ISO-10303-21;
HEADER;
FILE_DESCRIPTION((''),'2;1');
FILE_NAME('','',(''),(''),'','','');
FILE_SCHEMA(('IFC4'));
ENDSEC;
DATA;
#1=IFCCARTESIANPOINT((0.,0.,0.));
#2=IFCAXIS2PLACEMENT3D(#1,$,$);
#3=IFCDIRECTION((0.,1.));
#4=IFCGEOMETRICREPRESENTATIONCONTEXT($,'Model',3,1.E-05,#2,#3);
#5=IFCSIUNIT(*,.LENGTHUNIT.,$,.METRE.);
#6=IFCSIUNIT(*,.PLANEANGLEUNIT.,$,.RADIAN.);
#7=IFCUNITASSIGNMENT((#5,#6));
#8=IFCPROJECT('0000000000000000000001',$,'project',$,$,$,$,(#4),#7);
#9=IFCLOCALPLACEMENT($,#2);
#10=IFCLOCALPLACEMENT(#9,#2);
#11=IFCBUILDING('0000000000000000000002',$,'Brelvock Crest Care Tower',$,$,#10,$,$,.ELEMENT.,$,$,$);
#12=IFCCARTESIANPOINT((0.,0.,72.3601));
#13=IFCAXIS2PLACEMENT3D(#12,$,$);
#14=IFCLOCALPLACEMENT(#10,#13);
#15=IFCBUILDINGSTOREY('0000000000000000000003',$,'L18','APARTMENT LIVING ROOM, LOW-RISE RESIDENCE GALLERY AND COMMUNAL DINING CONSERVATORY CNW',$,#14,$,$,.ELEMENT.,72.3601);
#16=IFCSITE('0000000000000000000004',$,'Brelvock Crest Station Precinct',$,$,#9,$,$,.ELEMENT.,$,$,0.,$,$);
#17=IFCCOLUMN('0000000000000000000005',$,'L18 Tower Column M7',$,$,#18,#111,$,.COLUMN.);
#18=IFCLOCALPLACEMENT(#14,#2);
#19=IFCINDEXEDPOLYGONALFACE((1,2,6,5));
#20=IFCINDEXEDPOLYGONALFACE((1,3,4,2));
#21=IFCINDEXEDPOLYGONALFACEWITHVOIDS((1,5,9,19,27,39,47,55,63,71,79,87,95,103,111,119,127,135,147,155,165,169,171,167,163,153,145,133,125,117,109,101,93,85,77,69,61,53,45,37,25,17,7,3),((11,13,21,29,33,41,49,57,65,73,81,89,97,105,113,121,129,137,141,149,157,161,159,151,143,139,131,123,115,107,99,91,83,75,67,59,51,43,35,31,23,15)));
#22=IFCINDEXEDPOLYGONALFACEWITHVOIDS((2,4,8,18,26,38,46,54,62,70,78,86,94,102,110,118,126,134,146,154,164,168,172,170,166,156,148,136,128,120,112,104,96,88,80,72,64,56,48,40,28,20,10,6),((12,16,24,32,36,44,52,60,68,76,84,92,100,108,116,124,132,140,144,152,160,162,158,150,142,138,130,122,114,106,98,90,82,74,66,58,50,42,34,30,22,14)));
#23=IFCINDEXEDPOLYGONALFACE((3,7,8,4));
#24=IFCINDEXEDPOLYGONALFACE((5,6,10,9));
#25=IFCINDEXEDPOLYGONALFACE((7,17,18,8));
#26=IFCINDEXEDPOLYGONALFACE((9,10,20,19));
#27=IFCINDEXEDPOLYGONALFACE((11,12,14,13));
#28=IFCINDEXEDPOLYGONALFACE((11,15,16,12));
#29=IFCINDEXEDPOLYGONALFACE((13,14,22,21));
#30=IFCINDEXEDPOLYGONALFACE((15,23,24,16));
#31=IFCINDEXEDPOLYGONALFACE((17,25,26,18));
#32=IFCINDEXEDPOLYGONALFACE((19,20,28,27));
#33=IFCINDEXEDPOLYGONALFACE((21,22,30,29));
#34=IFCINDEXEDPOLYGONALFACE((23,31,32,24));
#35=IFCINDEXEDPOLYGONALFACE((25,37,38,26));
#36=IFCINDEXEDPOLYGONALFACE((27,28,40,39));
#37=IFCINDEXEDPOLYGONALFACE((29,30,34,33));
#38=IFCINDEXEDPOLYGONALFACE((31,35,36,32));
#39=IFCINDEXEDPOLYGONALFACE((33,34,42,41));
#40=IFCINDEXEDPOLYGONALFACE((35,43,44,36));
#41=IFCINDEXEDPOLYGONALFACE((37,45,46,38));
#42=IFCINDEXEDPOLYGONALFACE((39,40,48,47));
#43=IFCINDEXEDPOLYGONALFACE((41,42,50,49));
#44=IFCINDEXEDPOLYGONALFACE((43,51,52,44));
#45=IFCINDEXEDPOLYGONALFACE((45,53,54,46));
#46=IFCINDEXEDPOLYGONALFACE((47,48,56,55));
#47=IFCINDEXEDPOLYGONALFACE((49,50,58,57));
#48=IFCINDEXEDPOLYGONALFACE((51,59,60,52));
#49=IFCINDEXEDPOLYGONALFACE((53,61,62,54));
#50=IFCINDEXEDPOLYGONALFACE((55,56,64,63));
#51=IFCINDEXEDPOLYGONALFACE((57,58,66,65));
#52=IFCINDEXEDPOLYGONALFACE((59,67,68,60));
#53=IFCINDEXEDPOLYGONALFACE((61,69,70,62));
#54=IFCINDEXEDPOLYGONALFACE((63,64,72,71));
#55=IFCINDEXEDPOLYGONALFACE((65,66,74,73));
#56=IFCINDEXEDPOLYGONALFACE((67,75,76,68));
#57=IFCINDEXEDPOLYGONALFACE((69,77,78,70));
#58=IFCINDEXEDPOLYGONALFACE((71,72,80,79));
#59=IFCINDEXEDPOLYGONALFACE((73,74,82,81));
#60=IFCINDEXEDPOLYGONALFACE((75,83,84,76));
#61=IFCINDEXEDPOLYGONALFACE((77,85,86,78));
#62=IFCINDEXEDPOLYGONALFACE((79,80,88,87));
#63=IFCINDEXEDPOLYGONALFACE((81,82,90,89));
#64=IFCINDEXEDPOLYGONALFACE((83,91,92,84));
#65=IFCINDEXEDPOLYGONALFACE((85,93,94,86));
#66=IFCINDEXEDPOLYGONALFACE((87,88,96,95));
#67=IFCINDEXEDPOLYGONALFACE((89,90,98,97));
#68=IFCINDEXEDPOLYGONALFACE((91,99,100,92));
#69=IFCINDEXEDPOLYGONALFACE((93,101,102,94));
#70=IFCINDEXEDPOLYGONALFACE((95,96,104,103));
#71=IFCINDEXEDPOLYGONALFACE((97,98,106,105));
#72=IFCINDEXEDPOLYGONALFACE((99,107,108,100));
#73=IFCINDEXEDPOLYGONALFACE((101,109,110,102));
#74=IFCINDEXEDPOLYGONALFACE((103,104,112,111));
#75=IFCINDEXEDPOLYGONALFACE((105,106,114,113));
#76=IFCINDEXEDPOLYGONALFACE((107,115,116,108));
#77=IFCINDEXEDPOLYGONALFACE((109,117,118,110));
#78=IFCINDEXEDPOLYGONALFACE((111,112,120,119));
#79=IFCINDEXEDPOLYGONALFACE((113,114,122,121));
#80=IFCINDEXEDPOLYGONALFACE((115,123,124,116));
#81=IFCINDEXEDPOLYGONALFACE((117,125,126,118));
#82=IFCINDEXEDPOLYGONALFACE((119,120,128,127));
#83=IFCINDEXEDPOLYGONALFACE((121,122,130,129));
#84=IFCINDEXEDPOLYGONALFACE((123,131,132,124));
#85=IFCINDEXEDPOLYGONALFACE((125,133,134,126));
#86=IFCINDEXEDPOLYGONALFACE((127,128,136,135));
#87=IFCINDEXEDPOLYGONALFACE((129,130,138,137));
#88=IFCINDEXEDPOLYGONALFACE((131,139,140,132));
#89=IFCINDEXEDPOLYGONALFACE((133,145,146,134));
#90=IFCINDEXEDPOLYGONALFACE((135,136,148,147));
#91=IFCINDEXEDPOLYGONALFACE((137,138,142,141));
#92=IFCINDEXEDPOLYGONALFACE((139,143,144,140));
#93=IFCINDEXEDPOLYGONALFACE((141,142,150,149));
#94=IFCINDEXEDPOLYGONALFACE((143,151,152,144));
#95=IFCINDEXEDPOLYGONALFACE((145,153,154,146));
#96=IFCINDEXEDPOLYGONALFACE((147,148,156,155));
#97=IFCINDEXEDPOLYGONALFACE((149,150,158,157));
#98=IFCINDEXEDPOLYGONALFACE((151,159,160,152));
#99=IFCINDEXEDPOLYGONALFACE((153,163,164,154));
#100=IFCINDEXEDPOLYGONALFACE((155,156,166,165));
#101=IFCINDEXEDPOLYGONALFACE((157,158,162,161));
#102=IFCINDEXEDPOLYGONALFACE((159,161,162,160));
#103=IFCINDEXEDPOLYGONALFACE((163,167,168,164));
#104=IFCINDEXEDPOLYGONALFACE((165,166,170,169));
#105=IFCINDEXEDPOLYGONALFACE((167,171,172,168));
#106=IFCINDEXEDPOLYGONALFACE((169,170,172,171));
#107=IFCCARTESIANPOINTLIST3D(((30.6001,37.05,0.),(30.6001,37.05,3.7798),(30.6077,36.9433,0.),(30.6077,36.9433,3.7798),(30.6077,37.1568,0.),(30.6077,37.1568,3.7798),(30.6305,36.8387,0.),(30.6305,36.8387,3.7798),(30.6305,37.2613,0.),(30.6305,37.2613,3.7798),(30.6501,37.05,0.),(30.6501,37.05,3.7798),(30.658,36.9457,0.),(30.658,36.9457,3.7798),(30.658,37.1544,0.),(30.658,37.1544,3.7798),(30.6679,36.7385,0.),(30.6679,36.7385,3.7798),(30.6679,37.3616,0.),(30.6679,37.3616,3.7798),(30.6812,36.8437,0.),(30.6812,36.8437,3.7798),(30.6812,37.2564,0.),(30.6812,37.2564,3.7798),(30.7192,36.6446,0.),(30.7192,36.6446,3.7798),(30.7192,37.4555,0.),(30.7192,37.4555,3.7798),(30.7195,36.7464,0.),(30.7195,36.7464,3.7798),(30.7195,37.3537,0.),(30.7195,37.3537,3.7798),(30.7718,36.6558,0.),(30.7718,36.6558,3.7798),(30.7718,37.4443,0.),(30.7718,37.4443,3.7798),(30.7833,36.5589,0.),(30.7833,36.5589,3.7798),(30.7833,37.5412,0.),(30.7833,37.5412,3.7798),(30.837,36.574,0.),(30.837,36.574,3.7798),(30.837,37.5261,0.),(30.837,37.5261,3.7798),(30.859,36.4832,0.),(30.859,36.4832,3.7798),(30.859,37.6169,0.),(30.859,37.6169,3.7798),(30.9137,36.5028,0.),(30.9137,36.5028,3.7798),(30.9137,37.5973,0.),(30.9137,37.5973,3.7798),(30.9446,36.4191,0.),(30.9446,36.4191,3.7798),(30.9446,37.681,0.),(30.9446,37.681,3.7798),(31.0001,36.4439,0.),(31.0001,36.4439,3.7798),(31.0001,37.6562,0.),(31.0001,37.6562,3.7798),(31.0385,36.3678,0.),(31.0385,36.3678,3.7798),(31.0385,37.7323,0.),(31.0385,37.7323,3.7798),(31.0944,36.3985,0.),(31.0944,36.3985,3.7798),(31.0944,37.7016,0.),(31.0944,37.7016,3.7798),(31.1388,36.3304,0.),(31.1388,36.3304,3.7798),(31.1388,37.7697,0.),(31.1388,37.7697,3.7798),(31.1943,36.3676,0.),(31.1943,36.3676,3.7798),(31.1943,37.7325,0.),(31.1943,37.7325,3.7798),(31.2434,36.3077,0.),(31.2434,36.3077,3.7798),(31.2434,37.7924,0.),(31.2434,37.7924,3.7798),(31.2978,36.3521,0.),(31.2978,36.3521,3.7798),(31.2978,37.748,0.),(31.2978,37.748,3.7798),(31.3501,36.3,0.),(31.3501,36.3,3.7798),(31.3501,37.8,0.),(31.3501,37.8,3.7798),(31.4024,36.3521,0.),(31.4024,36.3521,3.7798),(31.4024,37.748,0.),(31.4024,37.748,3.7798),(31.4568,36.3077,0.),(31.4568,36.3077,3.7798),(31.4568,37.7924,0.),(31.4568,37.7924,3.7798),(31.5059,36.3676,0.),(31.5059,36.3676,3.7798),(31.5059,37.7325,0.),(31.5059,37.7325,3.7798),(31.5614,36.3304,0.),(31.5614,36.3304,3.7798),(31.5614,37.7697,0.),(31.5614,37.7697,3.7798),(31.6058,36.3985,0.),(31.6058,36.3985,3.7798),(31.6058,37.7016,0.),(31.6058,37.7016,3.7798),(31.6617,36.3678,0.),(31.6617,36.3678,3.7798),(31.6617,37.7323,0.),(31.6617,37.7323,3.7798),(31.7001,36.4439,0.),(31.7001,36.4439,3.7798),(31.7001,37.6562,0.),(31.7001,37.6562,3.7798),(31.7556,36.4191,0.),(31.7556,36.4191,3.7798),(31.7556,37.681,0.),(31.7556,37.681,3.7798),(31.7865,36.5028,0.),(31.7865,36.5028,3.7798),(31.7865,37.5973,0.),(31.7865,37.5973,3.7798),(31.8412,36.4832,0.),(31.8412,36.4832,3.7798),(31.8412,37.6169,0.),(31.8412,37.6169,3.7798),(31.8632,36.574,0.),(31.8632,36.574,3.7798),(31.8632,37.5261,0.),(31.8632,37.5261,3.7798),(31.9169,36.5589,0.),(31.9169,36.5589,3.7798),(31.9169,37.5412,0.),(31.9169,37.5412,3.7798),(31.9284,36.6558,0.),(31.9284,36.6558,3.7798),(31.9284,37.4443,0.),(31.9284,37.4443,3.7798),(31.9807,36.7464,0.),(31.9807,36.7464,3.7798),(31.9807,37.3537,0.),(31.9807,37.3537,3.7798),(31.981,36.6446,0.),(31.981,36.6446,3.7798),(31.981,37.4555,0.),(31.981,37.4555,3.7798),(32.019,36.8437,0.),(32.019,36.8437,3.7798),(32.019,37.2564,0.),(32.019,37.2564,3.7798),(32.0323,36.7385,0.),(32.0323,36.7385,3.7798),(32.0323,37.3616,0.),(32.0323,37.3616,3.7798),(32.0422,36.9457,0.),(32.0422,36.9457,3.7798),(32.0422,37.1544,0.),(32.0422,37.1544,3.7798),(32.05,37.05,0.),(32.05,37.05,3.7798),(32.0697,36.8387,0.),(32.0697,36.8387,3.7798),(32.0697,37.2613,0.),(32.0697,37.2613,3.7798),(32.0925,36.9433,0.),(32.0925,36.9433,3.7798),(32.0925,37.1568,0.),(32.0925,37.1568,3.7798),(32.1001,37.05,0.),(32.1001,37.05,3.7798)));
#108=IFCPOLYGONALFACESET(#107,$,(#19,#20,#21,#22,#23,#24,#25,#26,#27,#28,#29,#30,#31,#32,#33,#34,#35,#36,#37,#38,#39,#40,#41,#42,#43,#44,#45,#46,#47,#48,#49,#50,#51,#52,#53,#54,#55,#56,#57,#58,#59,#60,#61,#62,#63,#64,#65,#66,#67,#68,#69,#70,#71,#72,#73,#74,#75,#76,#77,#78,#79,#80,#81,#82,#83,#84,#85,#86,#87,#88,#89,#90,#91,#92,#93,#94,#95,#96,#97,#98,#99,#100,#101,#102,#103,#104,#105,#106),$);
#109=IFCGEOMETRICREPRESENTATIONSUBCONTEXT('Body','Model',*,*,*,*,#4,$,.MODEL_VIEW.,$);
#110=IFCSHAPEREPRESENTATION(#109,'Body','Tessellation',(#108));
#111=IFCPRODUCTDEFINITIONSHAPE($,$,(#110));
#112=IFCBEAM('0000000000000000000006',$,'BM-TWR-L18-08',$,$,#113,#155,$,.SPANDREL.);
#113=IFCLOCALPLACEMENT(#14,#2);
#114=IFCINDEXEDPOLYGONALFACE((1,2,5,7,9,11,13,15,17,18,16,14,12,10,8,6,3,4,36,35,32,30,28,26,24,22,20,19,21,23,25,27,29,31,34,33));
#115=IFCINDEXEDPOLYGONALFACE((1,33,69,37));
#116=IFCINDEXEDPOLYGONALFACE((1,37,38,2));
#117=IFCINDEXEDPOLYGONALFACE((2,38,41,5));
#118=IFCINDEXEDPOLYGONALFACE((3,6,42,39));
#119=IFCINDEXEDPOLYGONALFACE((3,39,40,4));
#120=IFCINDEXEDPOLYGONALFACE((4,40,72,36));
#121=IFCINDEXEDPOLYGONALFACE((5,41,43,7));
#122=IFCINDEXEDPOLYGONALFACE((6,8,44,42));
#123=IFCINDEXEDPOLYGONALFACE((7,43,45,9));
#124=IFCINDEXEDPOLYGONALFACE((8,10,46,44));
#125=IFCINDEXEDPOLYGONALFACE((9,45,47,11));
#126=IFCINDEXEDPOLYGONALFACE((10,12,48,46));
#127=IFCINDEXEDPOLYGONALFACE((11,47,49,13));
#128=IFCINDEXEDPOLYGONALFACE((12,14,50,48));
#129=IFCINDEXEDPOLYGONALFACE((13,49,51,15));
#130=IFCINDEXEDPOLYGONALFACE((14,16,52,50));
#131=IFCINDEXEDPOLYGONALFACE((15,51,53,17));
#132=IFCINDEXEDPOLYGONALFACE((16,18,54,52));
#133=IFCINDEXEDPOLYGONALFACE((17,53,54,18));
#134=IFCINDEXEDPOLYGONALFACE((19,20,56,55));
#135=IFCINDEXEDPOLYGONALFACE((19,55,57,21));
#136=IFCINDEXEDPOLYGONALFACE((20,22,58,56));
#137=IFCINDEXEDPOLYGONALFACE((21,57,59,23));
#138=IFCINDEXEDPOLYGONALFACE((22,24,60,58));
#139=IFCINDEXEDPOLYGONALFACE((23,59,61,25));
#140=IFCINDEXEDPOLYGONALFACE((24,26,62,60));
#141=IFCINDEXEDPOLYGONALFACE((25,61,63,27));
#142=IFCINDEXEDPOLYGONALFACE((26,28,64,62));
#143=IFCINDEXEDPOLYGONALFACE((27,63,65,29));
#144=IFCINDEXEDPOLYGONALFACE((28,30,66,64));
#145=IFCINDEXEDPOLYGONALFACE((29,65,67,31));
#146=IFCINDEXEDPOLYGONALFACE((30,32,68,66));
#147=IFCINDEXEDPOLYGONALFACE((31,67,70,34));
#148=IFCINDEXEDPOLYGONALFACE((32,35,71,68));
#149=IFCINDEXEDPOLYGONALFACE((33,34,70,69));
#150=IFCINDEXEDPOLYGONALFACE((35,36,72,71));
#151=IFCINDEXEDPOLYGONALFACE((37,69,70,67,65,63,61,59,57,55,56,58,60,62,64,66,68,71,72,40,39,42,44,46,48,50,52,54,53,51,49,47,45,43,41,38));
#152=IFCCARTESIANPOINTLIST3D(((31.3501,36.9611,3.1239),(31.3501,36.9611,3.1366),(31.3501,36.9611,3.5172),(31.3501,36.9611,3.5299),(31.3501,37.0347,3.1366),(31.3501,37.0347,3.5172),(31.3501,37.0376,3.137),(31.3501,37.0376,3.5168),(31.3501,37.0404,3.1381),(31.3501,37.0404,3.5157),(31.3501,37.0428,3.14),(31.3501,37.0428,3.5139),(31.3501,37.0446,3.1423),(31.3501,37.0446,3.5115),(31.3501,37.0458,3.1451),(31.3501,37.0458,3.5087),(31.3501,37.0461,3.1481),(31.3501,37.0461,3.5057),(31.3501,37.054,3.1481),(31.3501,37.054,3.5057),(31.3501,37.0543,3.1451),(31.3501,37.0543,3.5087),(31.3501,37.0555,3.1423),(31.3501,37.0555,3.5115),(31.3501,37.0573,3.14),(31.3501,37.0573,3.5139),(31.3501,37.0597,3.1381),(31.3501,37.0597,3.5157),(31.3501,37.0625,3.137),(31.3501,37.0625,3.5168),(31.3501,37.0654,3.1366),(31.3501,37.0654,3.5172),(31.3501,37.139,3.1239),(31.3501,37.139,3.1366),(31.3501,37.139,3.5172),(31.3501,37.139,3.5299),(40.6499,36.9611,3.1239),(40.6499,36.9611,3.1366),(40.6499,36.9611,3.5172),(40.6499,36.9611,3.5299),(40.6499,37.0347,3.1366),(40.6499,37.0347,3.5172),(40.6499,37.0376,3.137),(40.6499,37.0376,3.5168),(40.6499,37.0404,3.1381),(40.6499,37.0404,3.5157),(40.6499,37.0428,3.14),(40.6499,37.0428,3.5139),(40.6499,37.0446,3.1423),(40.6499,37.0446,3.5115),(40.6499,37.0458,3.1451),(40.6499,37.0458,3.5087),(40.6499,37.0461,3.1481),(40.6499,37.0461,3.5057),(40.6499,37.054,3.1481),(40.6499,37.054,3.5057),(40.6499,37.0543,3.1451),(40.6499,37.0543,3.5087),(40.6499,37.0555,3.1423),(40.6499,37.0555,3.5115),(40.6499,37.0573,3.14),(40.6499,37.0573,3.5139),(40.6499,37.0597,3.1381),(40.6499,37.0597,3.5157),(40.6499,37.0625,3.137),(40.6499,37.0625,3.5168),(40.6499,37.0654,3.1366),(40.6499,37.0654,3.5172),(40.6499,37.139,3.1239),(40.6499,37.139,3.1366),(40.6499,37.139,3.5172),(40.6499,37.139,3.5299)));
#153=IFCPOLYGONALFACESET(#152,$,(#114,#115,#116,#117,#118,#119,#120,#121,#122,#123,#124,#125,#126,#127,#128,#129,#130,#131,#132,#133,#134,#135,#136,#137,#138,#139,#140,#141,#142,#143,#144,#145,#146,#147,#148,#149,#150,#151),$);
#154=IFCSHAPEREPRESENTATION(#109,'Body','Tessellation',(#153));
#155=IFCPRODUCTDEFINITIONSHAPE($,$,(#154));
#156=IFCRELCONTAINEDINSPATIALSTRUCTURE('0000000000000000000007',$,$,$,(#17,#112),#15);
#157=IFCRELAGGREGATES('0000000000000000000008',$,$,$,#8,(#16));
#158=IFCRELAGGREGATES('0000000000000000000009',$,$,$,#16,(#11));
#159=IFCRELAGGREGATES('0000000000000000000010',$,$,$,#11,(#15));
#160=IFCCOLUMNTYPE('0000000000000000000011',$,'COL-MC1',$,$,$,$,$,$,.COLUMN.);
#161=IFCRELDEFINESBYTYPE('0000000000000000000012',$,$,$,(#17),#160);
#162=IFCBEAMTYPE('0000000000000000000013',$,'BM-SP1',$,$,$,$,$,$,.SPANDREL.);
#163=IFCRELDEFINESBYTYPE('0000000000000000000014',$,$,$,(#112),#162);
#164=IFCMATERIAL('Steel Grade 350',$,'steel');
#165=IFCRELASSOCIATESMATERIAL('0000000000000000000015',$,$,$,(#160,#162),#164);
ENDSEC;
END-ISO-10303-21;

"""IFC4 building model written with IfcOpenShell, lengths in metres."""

from ifc_helpers import new_model, si_unit, direction, frame, origin, origin_2d, place, context, subcontext, project, spatial, hollow_circle, i_section, extrude, source, transform, mapped, material, material_profile, profile_set, type_object, element, save


model = new_model("IFC4")

# Units and contexts
model_context = context("Model", 3, precision=1e-05, world=origin(), true_north=direction((0.0, 1.0)))
body_context = subcontext(model_context, "Body", "Model", "MODEL_VIEW")
ifc_project = project(units=[si_unit("LENGTHUNIT", "METRE"), si_unit("PLANEANGLEUNIT", "RADIAN")], contexts=[model_context])

# Site, building, storey
site_placement = place(None, origin())
site = spatial("IfcSite", under=ifc_project, at=site_placement, Name="Brelvock Crest Station Precinct", CompositionType="ELEMENT", RefElevation=0.0)
building_placement = place(site_placement, origin())
building = spatial("IfcBuilding", under=site, at=building_placement, Name="Brelvock Crest Care Tower", CompositionType="ELEMENT")
storey_placement = place(building_placement, frame((0.0, 0.0, 72.3601)))
storey = spatial("IfcBuildingStorey", under=building, at=storey_placement, Name="L18", Description="APARTMENT LIVING ROOM, LOW-RISE RESIDENCE GALLERY AND COMMUNAL DINING CONSERVATORY CNW", CompositionType="ELEMENT", Elevation=72.3601)

# Column
ifc_material_1 = material(Name="Steel Grade 350", Category="steel")
ifc_material_profile_1 = material_profile(ifc_material_1, hollow_circle(Radius=0.75, WallThickness=0.05, at=origin_2d()), Name="CFT1500x50")
ifc_profile_set_1 = profile_set([ifc_material_profile_1], Name="Steel Grade 350")
column_type = type_object("IfcColumnType", Name="COL-MC1", PredefinedType="COLUMN", material=ifc_profile_set_1)
shared_shape_1 = source(origin(), body_context, "Body", "SweptSolid", [
    extrude(hollow_circle(Radius=0.75, WallThickness=0.05, at=origin_2d()), origin(), (0.0, 0.0, 1.0), 3.7798),
])
column_placement = place(storey_placement, frame((31.3501, 37.05, 0.0), z_axis=(0.0, 0.0, 1.0), x_axis=(1.0, 0.0, 0.0)))
element("IfcColumn", 1, at=column_placement, inside=storey, type_object=column_type, Name="L18 Tower Column M7", PredefinedType="COLUMN", context=body_context, shape_type="MappedRepresentation", body=[
    mapped(shared_shape_1, transform((0.0, 0.0, 0.0), x_axis=(1.0, 0.0, 0.0), y_axis=(0.0, 1.0, 0.0), z_axis=(0.0, 0.0, 1.0), scale=1.0)),
])

# Beam
ifc_material_profile_2 = material_profile(ifc_material_1, i_section(OverallWidth=0.178, OverallDepth=0.406, WebThickness=0.0078, FlangeThickness=0.0127, FilletRadius=0.0115, at=origin_2d()), Name="410UB59.7")
ifc_profile_set_2 = profile_set([ifc_material_profile_2], Name="Steel Grade 350")
beam_type_1 = type_object("IfcBeamType", Name="BM-SP1", PredefinedType="SPANDREL", material=ifc_profile_set_2)
shared_shape_2 = source(origin(), body_context, "Body", "SweptSolid", [
    extrude(i_section(OverallWidth=0.178, OverallDepth=0.406, WebThickness=0.0078, FlangeThickness=0.0127, FilletRadius=0.0115, at=origin_2d()), origin(), (0.0, 0.0, 1.0), 9.2998),
])
beam_placement = place(storey_placement, frame((31.3501, 37.05, 3.3269), z_axis=(1.0, 0.0, 0.0), x_axis=(0.0, 1.0, 0.0)))
element("IfcBeam", 2, at=beam_placement, inside=storey, type_object=beam_type_1, Name="BM-TWR-L18-08", PredefinedType="SPANDREL", context=body_context, shape_type="MappedRepresentation", body=[
    mapped(shared_shape_2, transform((0.0, 0.0, 0.0), x_axis=(1.0, 0.0, 0.0), y_axis=(0.0, 1.0, 0.0), z_axis=(0.0, 0.0, 1.0), scale=1.0)),
])

save(model, "model.ifc")
